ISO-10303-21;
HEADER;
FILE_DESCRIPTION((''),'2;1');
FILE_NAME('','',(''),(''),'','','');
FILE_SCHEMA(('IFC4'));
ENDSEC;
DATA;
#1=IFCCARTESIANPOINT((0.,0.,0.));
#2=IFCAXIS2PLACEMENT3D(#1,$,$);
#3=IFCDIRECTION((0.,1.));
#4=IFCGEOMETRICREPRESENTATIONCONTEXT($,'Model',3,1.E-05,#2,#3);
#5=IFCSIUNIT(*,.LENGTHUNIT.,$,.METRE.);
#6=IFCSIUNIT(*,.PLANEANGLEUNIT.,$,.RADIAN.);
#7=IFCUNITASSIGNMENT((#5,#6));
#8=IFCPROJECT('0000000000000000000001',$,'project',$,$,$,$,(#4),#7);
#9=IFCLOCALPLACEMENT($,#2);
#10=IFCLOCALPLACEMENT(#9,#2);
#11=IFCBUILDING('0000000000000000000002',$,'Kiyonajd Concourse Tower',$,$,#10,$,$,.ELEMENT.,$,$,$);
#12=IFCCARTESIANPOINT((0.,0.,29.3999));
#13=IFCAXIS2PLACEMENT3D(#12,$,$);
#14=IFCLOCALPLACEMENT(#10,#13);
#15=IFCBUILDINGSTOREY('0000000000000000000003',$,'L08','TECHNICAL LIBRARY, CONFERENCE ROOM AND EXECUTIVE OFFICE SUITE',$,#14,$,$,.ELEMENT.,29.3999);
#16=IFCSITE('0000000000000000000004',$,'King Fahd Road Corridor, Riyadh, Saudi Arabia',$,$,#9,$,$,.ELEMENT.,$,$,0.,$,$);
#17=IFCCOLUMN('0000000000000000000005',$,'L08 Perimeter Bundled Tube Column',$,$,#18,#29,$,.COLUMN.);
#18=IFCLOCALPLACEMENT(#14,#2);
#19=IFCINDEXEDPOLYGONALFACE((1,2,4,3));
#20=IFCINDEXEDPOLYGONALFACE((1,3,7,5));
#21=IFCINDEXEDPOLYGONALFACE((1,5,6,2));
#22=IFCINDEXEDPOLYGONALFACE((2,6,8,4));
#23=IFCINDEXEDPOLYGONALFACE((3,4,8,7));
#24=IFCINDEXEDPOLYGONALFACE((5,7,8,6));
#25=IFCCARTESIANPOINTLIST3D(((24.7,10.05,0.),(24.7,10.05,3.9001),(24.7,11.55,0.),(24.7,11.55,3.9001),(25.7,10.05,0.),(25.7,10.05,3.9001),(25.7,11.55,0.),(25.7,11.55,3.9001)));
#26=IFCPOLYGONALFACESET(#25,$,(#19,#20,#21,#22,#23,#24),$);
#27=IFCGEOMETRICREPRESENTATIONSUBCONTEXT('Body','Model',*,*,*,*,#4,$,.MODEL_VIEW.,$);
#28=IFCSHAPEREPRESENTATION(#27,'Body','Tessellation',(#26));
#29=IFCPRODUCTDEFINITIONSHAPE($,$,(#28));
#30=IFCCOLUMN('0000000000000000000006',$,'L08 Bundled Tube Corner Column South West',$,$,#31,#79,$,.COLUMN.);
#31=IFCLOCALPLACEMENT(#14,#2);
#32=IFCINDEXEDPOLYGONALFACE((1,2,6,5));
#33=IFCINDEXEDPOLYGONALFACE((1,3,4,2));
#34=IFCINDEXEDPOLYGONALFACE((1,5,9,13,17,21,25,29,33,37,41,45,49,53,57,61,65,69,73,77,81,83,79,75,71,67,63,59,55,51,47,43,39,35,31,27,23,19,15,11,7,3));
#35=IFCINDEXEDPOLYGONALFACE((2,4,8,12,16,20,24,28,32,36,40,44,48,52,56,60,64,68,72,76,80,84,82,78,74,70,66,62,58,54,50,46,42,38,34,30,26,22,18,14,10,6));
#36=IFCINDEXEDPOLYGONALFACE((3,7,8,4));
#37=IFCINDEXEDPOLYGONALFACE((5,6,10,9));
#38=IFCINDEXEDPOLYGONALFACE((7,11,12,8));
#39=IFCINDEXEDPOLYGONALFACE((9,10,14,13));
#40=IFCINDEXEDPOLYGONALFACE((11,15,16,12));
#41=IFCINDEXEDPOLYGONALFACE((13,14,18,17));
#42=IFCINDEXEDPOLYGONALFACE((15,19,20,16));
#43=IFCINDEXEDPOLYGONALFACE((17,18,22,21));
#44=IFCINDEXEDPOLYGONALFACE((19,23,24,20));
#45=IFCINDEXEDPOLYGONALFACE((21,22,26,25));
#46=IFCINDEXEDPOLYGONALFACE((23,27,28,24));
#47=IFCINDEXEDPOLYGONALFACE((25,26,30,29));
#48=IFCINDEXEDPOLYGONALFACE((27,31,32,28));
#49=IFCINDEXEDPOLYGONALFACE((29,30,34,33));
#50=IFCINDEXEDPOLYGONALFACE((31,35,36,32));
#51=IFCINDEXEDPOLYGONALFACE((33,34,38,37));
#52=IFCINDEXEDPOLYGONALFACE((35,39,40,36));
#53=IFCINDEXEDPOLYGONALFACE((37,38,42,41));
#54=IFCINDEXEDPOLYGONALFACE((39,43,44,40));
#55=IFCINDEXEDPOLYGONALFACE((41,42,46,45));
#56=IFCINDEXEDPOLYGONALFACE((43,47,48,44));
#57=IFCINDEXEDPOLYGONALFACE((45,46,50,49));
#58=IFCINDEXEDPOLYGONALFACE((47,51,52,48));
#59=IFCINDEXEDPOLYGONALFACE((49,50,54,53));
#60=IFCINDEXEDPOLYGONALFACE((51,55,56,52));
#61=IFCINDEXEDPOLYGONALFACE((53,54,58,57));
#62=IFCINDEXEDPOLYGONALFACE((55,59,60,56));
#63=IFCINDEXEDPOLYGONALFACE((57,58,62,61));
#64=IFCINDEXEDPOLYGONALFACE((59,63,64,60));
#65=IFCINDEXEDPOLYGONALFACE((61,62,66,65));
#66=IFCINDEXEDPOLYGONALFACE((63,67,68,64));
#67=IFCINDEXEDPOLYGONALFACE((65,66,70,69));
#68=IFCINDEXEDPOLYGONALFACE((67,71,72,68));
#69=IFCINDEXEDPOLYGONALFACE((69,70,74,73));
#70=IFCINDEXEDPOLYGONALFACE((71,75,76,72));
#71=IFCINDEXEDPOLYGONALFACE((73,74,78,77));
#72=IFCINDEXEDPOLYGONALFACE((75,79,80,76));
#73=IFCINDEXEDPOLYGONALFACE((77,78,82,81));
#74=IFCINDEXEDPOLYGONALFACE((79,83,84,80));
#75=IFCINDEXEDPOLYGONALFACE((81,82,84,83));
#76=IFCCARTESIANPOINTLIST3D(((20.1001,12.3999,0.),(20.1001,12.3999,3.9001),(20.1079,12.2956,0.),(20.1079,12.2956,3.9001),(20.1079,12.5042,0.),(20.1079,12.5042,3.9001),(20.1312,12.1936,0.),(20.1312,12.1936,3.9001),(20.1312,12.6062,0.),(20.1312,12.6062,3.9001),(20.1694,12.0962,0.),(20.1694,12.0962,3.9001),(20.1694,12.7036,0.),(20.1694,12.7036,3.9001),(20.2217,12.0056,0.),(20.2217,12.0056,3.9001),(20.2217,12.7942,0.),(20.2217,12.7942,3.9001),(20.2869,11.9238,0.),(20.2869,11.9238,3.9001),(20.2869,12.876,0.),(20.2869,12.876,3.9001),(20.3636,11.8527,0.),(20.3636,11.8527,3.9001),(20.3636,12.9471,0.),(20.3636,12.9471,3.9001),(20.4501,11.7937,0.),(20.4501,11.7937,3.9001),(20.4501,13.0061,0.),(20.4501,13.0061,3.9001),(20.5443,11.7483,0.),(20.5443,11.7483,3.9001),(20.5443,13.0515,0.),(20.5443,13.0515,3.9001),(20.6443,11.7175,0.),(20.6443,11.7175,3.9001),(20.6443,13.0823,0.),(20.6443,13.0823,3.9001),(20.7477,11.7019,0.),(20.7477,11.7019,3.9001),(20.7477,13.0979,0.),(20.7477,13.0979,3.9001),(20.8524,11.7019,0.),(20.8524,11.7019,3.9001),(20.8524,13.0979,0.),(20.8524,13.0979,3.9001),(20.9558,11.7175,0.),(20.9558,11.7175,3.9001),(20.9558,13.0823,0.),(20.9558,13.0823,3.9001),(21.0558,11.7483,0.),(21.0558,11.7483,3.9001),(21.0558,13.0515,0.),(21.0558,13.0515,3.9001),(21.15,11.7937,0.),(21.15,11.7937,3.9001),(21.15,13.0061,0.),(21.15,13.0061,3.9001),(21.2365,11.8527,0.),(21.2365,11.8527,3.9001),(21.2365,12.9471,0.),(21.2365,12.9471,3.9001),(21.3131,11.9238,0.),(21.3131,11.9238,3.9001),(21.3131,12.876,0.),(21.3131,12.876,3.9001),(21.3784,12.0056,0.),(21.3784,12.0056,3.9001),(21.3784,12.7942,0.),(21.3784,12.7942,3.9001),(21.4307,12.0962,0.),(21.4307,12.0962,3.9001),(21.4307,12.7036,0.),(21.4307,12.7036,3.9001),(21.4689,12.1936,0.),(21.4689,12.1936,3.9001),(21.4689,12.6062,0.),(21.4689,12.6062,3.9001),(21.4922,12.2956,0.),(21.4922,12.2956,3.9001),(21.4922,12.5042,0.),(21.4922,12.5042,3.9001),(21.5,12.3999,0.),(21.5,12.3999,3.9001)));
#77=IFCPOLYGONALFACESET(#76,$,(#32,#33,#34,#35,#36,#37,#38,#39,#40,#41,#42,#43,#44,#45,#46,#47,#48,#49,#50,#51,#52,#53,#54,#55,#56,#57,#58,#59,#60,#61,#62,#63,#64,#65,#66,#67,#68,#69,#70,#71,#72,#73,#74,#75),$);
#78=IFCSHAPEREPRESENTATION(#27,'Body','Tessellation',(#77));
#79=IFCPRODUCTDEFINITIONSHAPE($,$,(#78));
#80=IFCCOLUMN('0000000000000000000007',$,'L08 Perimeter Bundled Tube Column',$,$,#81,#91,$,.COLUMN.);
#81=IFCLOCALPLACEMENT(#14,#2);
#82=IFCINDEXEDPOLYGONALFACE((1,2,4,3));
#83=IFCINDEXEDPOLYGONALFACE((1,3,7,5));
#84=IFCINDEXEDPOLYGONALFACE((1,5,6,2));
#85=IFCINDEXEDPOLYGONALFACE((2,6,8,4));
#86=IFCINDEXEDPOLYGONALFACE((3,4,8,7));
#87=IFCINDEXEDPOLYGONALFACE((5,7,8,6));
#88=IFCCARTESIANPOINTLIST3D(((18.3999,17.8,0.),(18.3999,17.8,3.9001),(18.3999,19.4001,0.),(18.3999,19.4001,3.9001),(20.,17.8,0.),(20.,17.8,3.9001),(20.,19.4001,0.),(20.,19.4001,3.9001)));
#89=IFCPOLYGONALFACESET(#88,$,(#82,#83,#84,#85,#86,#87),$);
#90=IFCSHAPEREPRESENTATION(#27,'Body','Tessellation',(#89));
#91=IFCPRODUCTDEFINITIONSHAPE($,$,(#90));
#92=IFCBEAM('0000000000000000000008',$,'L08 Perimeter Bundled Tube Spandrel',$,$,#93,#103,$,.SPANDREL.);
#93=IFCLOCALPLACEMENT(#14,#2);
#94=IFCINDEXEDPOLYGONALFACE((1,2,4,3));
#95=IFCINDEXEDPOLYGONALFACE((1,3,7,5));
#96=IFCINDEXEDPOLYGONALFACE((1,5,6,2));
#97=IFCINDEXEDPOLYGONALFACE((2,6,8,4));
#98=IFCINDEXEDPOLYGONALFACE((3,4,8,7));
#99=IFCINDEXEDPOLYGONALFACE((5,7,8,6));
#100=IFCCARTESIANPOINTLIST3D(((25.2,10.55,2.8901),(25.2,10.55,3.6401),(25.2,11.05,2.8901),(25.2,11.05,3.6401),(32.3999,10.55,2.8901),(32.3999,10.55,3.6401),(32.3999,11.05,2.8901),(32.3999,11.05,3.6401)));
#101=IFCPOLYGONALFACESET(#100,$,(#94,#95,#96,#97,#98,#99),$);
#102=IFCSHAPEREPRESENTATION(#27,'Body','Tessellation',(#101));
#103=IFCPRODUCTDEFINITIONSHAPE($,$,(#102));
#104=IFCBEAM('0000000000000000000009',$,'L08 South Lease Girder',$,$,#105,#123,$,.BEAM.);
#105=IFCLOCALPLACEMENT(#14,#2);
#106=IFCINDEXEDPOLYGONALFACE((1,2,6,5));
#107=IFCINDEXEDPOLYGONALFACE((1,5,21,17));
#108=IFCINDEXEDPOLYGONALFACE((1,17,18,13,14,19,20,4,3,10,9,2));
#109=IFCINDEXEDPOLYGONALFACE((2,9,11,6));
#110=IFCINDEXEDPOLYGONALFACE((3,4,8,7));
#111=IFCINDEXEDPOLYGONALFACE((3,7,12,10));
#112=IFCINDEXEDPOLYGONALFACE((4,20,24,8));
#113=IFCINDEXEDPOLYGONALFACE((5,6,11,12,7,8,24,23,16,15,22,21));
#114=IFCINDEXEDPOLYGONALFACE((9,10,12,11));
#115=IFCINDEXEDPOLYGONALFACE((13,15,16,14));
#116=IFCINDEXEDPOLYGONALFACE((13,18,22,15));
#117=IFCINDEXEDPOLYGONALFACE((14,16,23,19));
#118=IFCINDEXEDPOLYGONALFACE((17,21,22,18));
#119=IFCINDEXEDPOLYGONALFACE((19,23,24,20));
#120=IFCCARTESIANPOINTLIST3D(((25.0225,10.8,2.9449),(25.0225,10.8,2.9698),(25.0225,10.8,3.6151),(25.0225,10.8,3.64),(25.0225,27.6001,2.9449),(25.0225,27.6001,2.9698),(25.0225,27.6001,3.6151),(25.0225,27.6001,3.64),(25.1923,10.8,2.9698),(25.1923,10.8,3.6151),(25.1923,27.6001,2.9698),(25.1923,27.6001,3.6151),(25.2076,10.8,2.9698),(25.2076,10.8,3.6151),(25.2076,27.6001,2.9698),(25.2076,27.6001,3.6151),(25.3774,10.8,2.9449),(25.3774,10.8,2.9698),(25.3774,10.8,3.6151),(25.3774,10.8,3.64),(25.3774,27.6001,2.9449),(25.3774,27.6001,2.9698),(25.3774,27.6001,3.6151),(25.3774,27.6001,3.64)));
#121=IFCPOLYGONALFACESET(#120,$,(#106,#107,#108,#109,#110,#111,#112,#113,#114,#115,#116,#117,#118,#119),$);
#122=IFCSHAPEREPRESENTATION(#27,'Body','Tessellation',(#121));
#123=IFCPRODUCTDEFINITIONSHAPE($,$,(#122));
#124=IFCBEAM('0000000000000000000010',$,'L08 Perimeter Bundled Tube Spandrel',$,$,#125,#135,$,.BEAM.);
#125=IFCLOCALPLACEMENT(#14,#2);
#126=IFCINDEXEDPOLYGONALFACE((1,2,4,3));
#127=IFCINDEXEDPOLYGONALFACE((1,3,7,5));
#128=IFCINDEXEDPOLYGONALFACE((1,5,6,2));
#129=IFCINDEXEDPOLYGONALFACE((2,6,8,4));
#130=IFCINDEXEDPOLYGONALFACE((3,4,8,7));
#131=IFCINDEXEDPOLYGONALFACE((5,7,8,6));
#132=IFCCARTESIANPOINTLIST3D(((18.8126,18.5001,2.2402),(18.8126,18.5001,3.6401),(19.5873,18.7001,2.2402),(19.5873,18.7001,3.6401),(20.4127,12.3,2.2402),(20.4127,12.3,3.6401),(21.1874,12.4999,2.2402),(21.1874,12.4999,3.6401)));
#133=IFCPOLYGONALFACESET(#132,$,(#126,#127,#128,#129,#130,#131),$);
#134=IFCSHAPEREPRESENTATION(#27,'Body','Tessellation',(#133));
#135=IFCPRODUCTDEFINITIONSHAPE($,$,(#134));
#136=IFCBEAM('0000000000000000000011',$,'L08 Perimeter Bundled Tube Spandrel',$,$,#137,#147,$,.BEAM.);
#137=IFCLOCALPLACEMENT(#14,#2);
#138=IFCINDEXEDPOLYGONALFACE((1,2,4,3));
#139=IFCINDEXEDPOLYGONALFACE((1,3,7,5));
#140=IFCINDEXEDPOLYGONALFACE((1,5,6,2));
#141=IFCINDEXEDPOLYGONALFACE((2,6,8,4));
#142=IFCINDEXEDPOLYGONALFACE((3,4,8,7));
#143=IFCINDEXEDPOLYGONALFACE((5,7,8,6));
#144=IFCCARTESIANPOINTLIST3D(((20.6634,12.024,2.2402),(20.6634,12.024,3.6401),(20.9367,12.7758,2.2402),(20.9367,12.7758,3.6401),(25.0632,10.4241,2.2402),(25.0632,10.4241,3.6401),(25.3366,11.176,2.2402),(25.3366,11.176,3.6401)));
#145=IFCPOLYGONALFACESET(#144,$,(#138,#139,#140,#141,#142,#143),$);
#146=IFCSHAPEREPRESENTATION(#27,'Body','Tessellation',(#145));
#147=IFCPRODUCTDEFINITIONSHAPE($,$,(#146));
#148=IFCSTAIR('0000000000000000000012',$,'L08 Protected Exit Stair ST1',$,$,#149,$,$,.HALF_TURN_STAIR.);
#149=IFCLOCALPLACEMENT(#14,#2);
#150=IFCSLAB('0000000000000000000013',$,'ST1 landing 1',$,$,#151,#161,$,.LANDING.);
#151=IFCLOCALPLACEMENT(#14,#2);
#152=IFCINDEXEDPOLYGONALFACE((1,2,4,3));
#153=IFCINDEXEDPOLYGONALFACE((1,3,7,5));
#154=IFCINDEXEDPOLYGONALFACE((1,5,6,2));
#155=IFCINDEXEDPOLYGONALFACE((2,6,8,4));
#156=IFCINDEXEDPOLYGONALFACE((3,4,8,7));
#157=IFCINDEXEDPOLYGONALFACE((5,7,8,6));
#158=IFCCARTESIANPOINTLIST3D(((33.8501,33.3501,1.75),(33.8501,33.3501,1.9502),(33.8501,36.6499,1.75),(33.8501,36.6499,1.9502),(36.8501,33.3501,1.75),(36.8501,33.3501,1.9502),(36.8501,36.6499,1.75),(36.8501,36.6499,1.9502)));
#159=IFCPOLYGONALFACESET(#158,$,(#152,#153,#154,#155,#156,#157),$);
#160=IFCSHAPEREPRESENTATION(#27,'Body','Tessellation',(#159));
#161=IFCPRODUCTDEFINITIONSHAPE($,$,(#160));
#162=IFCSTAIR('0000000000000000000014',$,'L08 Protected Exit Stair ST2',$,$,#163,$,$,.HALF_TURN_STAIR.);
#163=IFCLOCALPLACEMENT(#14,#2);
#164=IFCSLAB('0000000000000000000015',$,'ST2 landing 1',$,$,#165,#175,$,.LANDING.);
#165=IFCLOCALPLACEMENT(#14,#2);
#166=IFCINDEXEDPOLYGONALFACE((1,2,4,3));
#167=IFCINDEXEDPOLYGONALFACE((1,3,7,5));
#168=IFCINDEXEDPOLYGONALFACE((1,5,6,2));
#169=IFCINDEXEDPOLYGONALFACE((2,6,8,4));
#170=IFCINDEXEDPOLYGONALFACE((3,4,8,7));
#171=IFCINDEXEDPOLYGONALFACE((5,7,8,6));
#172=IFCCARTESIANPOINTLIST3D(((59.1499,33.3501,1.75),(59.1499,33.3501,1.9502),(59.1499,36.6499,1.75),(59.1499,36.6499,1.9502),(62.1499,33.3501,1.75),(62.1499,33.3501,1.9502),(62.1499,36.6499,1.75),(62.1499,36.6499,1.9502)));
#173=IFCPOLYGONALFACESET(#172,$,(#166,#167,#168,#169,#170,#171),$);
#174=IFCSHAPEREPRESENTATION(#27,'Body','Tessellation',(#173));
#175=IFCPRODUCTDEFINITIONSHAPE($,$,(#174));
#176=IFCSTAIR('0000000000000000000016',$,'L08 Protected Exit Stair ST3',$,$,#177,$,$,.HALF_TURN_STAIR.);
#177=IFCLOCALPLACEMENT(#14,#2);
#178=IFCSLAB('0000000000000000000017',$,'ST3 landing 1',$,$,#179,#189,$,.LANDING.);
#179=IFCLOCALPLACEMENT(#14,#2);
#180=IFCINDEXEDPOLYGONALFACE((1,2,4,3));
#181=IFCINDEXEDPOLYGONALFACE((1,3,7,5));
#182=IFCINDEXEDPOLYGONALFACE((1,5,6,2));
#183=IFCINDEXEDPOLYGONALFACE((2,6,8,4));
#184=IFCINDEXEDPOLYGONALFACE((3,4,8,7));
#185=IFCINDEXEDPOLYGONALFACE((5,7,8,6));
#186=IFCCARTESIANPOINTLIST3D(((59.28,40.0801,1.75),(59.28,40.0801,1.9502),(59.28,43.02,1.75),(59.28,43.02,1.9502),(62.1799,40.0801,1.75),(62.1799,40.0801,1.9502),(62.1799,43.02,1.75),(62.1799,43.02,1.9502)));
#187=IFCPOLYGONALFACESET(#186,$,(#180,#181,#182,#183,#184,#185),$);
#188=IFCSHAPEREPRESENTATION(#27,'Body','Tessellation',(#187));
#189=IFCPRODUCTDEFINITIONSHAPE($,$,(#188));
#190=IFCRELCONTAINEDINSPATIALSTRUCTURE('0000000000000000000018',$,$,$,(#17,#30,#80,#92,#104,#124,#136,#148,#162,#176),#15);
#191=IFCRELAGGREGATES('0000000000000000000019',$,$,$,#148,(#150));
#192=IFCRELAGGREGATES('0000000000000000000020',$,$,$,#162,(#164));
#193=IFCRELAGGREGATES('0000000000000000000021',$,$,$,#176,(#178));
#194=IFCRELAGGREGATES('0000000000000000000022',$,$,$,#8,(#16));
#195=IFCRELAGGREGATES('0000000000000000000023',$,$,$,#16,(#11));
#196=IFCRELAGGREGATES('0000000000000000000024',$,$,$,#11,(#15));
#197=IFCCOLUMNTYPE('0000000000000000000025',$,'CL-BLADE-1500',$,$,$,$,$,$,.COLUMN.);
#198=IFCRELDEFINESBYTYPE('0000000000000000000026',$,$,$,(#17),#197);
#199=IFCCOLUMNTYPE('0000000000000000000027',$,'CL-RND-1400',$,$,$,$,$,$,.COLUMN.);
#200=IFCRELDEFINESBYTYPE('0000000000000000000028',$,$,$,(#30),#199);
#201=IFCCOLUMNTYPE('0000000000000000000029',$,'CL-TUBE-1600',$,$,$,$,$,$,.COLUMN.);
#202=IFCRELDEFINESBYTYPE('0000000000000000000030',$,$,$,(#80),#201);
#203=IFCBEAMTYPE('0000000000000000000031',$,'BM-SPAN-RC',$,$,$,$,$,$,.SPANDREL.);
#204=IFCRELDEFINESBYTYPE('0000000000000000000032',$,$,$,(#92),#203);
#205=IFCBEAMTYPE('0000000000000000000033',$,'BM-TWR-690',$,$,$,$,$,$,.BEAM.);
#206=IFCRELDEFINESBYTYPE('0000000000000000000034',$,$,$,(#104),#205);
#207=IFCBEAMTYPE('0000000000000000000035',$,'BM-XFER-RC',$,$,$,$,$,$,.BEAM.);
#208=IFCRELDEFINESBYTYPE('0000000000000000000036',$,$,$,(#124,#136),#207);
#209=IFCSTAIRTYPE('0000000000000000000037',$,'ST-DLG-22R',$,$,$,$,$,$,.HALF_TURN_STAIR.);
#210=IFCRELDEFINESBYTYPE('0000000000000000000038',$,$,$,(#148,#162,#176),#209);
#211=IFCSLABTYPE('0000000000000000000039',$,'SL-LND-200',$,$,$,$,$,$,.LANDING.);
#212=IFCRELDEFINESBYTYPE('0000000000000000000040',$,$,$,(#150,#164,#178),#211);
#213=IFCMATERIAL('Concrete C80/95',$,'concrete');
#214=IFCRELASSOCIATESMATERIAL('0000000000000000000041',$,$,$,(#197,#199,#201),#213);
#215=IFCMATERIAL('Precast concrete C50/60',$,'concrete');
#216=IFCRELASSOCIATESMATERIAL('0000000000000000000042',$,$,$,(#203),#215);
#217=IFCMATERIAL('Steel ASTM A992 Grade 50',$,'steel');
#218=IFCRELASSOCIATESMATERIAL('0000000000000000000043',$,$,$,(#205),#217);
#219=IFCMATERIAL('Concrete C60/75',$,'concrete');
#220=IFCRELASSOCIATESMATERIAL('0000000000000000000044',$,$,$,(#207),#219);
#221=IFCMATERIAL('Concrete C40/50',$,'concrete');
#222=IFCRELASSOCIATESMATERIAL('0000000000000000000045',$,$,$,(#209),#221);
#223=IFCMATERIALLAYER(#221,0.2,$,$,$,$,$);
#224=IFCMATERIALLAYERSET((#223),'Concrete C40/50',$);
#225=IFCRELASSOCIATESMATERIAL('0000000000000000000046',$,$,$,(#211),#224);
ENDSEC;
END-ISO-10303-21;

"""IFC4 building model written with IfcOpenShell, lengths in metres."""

from ifc_helpers import new_model, si_unit, direction, frame, origin, origin_2d, place, context, subcontext, project, spatial, polyline, rectangle, circle, i_section, outline, extrude, material, layer, layer_set, material_profile, profile_set, type_object, element, aggregate, save


model = new_model("IFC4")

# Units and contexts
model_context = context("Model", 3, precision=1e-05, world=origin(), true_north=direction((0.0, 1.0)))
body_context = subcontext(model_context, "Body", "Model", "MODEL_VIEW")
ifc_project = project(units=[si_unit("LENGTHUNIT", "METRE"), si_unit("PLANEANGLEUNIT", "RADIAN")], contexts=[model_context])

# Site, building, storey
site_placement = place(None, origin())
site = spatial("IfcSite", under=ifc_project, at=site_placement, Name="King Fahd Road Corridor, Riyadh, Saudi Arabia", CompositionType="ELEMENT", RefElevation=0.0)
building_placement = place(site_placement, origin())
building = spatial("IfcBuilding", under=site, at=building_placement, Name="Kiyonajd Concourse Tower", CompositionType="ELEMENT")
storey_placement = place(building_placement, frame((0.0, 0.0, 29.3999)))
storey = spatial("IfcBuildingStorey", under=building, at=storey_placement, Name="L08", Description="TECHNICAL LIBRARY, CONFERENCE ROOM AND EXECUTIVE OFFICE SUITE", CompositionType="ELEMENT", Elevation=29.3999)

# Columns
ifc_material_1 = material(Name="Concrete C80/95", Category="concrete")
ifc_material_profile_1 = material_profile(ifc_material_1, rectangle(XDim=1.0, YDim=1.5, at=origin_2d()), Name="RC-1500x1000")
ifc_profile_set_1 = profile_set([ifc_material_profile_1], Name="Concrete C80/95")
column_type_1 = type_object("IfcColumnType", Name="CL-BLADE-1500", PredefinedType="COLUMN", material=ifc_profile_set_1)
column_1_placement = place(storey_placement, frame((25.2, 10.8, 0.0), z_axis=(0.0, 0.0, 1.0), x_axis=(1.0, 0.0, 0.0)))
element("IfcColumn", 1, at=column_1_placement, inside=storey, type_object=column_type_1, Name="L08 Perimeter Bundled Tube Column", PredefinedType="COLUMN", context=body_context, shape_type="SweptSolid", body=[
    extrude(rectangle(XDim=1.0, YDim=1.5, at=origin_2d()), origin(), (0.0, 0.0, 1.0), 3.9001),
])
ifc_material_profile_2 = material_profile(ifc_material_1, circle(Radius=0.7, at=origin_2d()), Name="RCC-D1400")
ifc_profile_set_2 = profile_set([ifc_material_profile_2], Name="Concrete C80/95")
column_type_2 = type_object("IfcColumnType", Name="CL-RND-1400", PredefinedType="COLUMN", material=ifc_profile_set_2)
column_2_placement = place(storey_placement, frame((20.8, 12.3999, 0.0), z_axis=(0.0, 0.0, 1.0), x_axis=(1.0, 0.0, 0.0)))
element("IfcColumn", 2, at=column_2_placement, inside=storey, type_object=column_type_2, Name="L08 Bundled Tube Corner Column South West", PredefinedType="COLUMN", context=body_context, shape_type="SweptSolid", body=[
    extrude(circle(Radius=0.7, at=origin_2d()), origin(), (0.0, 0.0, 1.0), 3.9001),
])
ifc_material_profile_3 = material_profile(ifc_material_1, rectangle(XDim=1.6001, YDim=1.6001, at=origin_2d()), Name="RC-1600x1600")
ifc_profile_set_3 = profile_set([ifc_material_profile_3], Name="Concrete C80/95")
column_type_3 = type_object("IfcColumnType", Name="CL-TUBE-1600", PredefinedType="COLUMN", material=ifc_profile_set_3)
column_3_placement = place(storey_placement, frame((19.2, 18.6001, 0.0), z_axis=(0.0, 0.0, 1.0), x_axis=(1.0, 0.0, 0.0)))
element("IfcColumn", 3, at=column_3_placement, inside=storey, type_object=column_type_3, Name="L08 Perimeter Bundled Tube Column", PredefinedType="COLUMN", context=body_context, shape_type="SweptSolid", body=[
    extrude(rectangle(XDim=1.6001, YDim=1.6001, at=origin_2d()), origin(), (0.0, 0.0, 1.0), 3.9001),
])

# Beams
ifc_material_2 = material(Name="Precast concrete C50/60", Category="concrete")
ifc_material_profile_4 = material_profile(ifc_material_2, rectangle(XDim=0.5, YDim=0.75, at=origin_2d()), Name="RCBM-500x750")
ifc_profile_set_4 = profile_set([ifc_material_profile_4], Name="Precast concrete C50/60")
beam_type_1 = type_object("IfcBeamType", Name="BM-SPAN-RC", PredefinedType="SPANDREL", material=ifc_profile_set_4)
beam_1_placement = place(storey_placement, frame((25.2, 10.8, 3.2651), z_axis=(1.0, 0.0, 0.0), x_axis=(0.0, 1.0, 0.0)))
element("IfcBeam", 4, at=beam_1_placement, inside=storey, type_object=beam_type_1, Name="L08 Perimeter Bundled Tube Spandrel", PredefinedType="SPANDREL", context=body_context, shape_type="SweptSolid", body=[
    extrude(rectangle(XDim=0.5, YDim=0.75, at=origin_2d()), origin(), (0.0, 0.0, 1.0), 7.2),
])
ifc_material_3 = material(Name="Steel ASTM A992 Grade 50", Category="steel")
ifc_material_profile_5 = material_profile(ifc_material_3, i_section(OverallWidth=0.355, OverallDepth=0.6951, WebThickness=0.0154, FlangeThickness=0.0249, at=origin_2d()), Name="W690X217")
ifc_profile_set_5 = profile_set([ifc_material_profile_5], Name="Steel ASTM A992 Grade 50")
beam_type_2 = type_object("IfcBeamType", Name="BM-TWR-690", PredefinedType="BEAM", material=ifc_profile_set_5)
beam_2_placement = place(storey_placement, frame((25.2, 10.8, 3.2925), z_axis=(0.0, 1.0, 0.0), x_axis=(-1.0, 0.0, 0.0)))
element("IfcBeam", 5, at=beam_2_placement, inside=storey, type_object=beam_type_2, Name="L08 South Lease Girder", PredefinedType="BEAM", context=body_context, shape_type="SweptSolid", body=[
    extrude(i_section(OverallWidth=0.355, OverallDepth=0.6951, WebThickness=0.0154, FlangeThickness=0.0249, at=origin_2d()), origin(), (0.0, 0.0, 1.0), 16.8),
])
ifc_material_4 = material(Name="Concrete C60/75", Category="concrete")
ifc_material_profile_6 = material_profile(ifc_material_4, rectangle(XDim=0.8, YDim=1.3999, at=origin_2d()), Name="RCBM-800x1400")
ifc_profile_set_6 = profile_set([ifc_material_profile_6], Name="Concrete C60/75")
beam_type_3 = type_object("IfcBeamType", Name="BM-XFER-RC", PredefinedType="BEAM", material=ifc_profile_set_6)
beam_3_placement = place(storey_placement, frame((19.2, 18.6001, 2.9402), z_axis=(0.249885, -0.968276, 0.0), x_axis=(0.968276, 0.249885, 0.0)))
element("IfcBeam", 6, at=beam_3_placement, inside=storey, type_object=beam_type_3, Name="L08 Perimeter Bundled Tube Spandrel", PredefinedType="BEAM", context=body_context, shape_type="SweptSolid", body=[
    extrude(rectangle(XDim=0.8, YDim=1.3999, at=origin_2d()), origin(), (0.0, 0.0, 1.0), 6.4033),
])
beam_4_placement = place(storey_placement, frame((20.8, 12.3999, 2.9402), z_axis=(0.939801, -0.341722, 0.0), x_axis=(0.341722, 0.939801, 0.0)))
element("IfcBeam", 7, at=beam_4_placement, inside=storey, type_object=beam_type_3, Name="L08 Perimeter Bundled Tube Spandrel", PredefinedType="BEAM", context=body_context, shape_type="SweptSolid", body=[
    extrude(rectangle(XDim=0.8, YDim=1.3999, at=origin_2d()), origin(), (0.0, 0.0, 1.0), 4.6816),
])

# Stairs, slabs
ifc_material_5 = material(Name="Concrete C40/50", Category="concrete")
stair_type = type_object("IfcStairType", Name="ST-DLG-22R", PredefinedType="HALF_TURN_STAIR", material=ifc_material_5)
stair_1_placement = place(storey_placement, origin())
stair_1 = element("IfcStair", 8, at=stair_1_placement, inside=storey, type_object=stair_type, Name="L08 Protected Exit Stair ST1", PredefinedType="HALF_TURN_STAIR")
ifc_layer_1 = layer(ifc_material_5, 0.2)
ifc_layer_set_1 = layer_set([ifc_layer_1], Name="Concrete C40/50")
slab_type_1 = type_object("IfcSlabType", Name="SL-LND-200", PredefinedType="LANDING", material=ifc_layer_set_1)
slab_1_placement = place(storey_placement, frame((0.0, 0.0, 1.75)))
slab_1 = element("IfcSlab", 9, at=slab_1_placement, type_object=slab_type_1, Name="ST1 landing 1", PredefinedType="LANDING", context=body_context, shape_type="SweptSolid", body=[
    extrude(outline(polyline([(36.8501, 33.3501), (36.8501, 36.6499), (33.8501, 36.6499), (33.8501, 33.3501), (36.8501, 33.3501)])), origin(), (0.0, 0.0, 1.0), 0.2002),
])
aggregate(stair_1, [slab_1])
stair_2_placement = place(storey_placement, origin())
stair_2 = element("IfcStair", 10, at=stair_2_placement, inside=storey, type_object=stair_type, Name="L08 Protected Exit Stair ST2", PredefinedType="HALF_TURN_STAIR")
slab_2_placement = place(storey_placement, frame((0.0, 0.0, 1.75)))
slab_2 = element("IfcSlab", 11, at=slab_2_placement, type_object=slab_type_1, Name="ST2 landing 1", PredefinedType="LANDING", context=body_context, shape_type="SweptSolid", body=[
    extrude(outline(polyline([(62.1499, 33.3501), (62.1499, 36.6499), (59.1499, 36.6499), (59.1499, 33.3501), (62.1499, 33.3501)])), origin(), (0.0, 0.0, 1.0), 0.2002),
])
aggregate(stair_2, [slab_2])
stair_3_placement = place(storey_placement, origin())
stair_3 = element("IfcStair", 12, at=stair_3_placement, inside=storey, type_object=stair_type, Name="L08 Protected Exit Stair ST3", PredefinedType="HALF_TURN_STAIR")
slab_3_placement = place(storey_placement, frame((0.0, 0.0, 1.75)))
slab_3 = element("IfcSlab", 13, at=slab_3_placement, type_object=slab_type_1, Name="ST3 landing 1", PredefinedType="LANDING", context=body_context, shape_type="SweptSolid", body=[
    extrude(outline(polyline([(59.28, 40.0801), (62.1799, 40.0801), (62.1799, 43.02), (59.28, 43.02), (59.28, 40.0801)])), origin(), (0.0, 0.0, 1.0), 0.2002),
])
aggregate(stair_3, [slab_3])

save(model, "model.ifc")
